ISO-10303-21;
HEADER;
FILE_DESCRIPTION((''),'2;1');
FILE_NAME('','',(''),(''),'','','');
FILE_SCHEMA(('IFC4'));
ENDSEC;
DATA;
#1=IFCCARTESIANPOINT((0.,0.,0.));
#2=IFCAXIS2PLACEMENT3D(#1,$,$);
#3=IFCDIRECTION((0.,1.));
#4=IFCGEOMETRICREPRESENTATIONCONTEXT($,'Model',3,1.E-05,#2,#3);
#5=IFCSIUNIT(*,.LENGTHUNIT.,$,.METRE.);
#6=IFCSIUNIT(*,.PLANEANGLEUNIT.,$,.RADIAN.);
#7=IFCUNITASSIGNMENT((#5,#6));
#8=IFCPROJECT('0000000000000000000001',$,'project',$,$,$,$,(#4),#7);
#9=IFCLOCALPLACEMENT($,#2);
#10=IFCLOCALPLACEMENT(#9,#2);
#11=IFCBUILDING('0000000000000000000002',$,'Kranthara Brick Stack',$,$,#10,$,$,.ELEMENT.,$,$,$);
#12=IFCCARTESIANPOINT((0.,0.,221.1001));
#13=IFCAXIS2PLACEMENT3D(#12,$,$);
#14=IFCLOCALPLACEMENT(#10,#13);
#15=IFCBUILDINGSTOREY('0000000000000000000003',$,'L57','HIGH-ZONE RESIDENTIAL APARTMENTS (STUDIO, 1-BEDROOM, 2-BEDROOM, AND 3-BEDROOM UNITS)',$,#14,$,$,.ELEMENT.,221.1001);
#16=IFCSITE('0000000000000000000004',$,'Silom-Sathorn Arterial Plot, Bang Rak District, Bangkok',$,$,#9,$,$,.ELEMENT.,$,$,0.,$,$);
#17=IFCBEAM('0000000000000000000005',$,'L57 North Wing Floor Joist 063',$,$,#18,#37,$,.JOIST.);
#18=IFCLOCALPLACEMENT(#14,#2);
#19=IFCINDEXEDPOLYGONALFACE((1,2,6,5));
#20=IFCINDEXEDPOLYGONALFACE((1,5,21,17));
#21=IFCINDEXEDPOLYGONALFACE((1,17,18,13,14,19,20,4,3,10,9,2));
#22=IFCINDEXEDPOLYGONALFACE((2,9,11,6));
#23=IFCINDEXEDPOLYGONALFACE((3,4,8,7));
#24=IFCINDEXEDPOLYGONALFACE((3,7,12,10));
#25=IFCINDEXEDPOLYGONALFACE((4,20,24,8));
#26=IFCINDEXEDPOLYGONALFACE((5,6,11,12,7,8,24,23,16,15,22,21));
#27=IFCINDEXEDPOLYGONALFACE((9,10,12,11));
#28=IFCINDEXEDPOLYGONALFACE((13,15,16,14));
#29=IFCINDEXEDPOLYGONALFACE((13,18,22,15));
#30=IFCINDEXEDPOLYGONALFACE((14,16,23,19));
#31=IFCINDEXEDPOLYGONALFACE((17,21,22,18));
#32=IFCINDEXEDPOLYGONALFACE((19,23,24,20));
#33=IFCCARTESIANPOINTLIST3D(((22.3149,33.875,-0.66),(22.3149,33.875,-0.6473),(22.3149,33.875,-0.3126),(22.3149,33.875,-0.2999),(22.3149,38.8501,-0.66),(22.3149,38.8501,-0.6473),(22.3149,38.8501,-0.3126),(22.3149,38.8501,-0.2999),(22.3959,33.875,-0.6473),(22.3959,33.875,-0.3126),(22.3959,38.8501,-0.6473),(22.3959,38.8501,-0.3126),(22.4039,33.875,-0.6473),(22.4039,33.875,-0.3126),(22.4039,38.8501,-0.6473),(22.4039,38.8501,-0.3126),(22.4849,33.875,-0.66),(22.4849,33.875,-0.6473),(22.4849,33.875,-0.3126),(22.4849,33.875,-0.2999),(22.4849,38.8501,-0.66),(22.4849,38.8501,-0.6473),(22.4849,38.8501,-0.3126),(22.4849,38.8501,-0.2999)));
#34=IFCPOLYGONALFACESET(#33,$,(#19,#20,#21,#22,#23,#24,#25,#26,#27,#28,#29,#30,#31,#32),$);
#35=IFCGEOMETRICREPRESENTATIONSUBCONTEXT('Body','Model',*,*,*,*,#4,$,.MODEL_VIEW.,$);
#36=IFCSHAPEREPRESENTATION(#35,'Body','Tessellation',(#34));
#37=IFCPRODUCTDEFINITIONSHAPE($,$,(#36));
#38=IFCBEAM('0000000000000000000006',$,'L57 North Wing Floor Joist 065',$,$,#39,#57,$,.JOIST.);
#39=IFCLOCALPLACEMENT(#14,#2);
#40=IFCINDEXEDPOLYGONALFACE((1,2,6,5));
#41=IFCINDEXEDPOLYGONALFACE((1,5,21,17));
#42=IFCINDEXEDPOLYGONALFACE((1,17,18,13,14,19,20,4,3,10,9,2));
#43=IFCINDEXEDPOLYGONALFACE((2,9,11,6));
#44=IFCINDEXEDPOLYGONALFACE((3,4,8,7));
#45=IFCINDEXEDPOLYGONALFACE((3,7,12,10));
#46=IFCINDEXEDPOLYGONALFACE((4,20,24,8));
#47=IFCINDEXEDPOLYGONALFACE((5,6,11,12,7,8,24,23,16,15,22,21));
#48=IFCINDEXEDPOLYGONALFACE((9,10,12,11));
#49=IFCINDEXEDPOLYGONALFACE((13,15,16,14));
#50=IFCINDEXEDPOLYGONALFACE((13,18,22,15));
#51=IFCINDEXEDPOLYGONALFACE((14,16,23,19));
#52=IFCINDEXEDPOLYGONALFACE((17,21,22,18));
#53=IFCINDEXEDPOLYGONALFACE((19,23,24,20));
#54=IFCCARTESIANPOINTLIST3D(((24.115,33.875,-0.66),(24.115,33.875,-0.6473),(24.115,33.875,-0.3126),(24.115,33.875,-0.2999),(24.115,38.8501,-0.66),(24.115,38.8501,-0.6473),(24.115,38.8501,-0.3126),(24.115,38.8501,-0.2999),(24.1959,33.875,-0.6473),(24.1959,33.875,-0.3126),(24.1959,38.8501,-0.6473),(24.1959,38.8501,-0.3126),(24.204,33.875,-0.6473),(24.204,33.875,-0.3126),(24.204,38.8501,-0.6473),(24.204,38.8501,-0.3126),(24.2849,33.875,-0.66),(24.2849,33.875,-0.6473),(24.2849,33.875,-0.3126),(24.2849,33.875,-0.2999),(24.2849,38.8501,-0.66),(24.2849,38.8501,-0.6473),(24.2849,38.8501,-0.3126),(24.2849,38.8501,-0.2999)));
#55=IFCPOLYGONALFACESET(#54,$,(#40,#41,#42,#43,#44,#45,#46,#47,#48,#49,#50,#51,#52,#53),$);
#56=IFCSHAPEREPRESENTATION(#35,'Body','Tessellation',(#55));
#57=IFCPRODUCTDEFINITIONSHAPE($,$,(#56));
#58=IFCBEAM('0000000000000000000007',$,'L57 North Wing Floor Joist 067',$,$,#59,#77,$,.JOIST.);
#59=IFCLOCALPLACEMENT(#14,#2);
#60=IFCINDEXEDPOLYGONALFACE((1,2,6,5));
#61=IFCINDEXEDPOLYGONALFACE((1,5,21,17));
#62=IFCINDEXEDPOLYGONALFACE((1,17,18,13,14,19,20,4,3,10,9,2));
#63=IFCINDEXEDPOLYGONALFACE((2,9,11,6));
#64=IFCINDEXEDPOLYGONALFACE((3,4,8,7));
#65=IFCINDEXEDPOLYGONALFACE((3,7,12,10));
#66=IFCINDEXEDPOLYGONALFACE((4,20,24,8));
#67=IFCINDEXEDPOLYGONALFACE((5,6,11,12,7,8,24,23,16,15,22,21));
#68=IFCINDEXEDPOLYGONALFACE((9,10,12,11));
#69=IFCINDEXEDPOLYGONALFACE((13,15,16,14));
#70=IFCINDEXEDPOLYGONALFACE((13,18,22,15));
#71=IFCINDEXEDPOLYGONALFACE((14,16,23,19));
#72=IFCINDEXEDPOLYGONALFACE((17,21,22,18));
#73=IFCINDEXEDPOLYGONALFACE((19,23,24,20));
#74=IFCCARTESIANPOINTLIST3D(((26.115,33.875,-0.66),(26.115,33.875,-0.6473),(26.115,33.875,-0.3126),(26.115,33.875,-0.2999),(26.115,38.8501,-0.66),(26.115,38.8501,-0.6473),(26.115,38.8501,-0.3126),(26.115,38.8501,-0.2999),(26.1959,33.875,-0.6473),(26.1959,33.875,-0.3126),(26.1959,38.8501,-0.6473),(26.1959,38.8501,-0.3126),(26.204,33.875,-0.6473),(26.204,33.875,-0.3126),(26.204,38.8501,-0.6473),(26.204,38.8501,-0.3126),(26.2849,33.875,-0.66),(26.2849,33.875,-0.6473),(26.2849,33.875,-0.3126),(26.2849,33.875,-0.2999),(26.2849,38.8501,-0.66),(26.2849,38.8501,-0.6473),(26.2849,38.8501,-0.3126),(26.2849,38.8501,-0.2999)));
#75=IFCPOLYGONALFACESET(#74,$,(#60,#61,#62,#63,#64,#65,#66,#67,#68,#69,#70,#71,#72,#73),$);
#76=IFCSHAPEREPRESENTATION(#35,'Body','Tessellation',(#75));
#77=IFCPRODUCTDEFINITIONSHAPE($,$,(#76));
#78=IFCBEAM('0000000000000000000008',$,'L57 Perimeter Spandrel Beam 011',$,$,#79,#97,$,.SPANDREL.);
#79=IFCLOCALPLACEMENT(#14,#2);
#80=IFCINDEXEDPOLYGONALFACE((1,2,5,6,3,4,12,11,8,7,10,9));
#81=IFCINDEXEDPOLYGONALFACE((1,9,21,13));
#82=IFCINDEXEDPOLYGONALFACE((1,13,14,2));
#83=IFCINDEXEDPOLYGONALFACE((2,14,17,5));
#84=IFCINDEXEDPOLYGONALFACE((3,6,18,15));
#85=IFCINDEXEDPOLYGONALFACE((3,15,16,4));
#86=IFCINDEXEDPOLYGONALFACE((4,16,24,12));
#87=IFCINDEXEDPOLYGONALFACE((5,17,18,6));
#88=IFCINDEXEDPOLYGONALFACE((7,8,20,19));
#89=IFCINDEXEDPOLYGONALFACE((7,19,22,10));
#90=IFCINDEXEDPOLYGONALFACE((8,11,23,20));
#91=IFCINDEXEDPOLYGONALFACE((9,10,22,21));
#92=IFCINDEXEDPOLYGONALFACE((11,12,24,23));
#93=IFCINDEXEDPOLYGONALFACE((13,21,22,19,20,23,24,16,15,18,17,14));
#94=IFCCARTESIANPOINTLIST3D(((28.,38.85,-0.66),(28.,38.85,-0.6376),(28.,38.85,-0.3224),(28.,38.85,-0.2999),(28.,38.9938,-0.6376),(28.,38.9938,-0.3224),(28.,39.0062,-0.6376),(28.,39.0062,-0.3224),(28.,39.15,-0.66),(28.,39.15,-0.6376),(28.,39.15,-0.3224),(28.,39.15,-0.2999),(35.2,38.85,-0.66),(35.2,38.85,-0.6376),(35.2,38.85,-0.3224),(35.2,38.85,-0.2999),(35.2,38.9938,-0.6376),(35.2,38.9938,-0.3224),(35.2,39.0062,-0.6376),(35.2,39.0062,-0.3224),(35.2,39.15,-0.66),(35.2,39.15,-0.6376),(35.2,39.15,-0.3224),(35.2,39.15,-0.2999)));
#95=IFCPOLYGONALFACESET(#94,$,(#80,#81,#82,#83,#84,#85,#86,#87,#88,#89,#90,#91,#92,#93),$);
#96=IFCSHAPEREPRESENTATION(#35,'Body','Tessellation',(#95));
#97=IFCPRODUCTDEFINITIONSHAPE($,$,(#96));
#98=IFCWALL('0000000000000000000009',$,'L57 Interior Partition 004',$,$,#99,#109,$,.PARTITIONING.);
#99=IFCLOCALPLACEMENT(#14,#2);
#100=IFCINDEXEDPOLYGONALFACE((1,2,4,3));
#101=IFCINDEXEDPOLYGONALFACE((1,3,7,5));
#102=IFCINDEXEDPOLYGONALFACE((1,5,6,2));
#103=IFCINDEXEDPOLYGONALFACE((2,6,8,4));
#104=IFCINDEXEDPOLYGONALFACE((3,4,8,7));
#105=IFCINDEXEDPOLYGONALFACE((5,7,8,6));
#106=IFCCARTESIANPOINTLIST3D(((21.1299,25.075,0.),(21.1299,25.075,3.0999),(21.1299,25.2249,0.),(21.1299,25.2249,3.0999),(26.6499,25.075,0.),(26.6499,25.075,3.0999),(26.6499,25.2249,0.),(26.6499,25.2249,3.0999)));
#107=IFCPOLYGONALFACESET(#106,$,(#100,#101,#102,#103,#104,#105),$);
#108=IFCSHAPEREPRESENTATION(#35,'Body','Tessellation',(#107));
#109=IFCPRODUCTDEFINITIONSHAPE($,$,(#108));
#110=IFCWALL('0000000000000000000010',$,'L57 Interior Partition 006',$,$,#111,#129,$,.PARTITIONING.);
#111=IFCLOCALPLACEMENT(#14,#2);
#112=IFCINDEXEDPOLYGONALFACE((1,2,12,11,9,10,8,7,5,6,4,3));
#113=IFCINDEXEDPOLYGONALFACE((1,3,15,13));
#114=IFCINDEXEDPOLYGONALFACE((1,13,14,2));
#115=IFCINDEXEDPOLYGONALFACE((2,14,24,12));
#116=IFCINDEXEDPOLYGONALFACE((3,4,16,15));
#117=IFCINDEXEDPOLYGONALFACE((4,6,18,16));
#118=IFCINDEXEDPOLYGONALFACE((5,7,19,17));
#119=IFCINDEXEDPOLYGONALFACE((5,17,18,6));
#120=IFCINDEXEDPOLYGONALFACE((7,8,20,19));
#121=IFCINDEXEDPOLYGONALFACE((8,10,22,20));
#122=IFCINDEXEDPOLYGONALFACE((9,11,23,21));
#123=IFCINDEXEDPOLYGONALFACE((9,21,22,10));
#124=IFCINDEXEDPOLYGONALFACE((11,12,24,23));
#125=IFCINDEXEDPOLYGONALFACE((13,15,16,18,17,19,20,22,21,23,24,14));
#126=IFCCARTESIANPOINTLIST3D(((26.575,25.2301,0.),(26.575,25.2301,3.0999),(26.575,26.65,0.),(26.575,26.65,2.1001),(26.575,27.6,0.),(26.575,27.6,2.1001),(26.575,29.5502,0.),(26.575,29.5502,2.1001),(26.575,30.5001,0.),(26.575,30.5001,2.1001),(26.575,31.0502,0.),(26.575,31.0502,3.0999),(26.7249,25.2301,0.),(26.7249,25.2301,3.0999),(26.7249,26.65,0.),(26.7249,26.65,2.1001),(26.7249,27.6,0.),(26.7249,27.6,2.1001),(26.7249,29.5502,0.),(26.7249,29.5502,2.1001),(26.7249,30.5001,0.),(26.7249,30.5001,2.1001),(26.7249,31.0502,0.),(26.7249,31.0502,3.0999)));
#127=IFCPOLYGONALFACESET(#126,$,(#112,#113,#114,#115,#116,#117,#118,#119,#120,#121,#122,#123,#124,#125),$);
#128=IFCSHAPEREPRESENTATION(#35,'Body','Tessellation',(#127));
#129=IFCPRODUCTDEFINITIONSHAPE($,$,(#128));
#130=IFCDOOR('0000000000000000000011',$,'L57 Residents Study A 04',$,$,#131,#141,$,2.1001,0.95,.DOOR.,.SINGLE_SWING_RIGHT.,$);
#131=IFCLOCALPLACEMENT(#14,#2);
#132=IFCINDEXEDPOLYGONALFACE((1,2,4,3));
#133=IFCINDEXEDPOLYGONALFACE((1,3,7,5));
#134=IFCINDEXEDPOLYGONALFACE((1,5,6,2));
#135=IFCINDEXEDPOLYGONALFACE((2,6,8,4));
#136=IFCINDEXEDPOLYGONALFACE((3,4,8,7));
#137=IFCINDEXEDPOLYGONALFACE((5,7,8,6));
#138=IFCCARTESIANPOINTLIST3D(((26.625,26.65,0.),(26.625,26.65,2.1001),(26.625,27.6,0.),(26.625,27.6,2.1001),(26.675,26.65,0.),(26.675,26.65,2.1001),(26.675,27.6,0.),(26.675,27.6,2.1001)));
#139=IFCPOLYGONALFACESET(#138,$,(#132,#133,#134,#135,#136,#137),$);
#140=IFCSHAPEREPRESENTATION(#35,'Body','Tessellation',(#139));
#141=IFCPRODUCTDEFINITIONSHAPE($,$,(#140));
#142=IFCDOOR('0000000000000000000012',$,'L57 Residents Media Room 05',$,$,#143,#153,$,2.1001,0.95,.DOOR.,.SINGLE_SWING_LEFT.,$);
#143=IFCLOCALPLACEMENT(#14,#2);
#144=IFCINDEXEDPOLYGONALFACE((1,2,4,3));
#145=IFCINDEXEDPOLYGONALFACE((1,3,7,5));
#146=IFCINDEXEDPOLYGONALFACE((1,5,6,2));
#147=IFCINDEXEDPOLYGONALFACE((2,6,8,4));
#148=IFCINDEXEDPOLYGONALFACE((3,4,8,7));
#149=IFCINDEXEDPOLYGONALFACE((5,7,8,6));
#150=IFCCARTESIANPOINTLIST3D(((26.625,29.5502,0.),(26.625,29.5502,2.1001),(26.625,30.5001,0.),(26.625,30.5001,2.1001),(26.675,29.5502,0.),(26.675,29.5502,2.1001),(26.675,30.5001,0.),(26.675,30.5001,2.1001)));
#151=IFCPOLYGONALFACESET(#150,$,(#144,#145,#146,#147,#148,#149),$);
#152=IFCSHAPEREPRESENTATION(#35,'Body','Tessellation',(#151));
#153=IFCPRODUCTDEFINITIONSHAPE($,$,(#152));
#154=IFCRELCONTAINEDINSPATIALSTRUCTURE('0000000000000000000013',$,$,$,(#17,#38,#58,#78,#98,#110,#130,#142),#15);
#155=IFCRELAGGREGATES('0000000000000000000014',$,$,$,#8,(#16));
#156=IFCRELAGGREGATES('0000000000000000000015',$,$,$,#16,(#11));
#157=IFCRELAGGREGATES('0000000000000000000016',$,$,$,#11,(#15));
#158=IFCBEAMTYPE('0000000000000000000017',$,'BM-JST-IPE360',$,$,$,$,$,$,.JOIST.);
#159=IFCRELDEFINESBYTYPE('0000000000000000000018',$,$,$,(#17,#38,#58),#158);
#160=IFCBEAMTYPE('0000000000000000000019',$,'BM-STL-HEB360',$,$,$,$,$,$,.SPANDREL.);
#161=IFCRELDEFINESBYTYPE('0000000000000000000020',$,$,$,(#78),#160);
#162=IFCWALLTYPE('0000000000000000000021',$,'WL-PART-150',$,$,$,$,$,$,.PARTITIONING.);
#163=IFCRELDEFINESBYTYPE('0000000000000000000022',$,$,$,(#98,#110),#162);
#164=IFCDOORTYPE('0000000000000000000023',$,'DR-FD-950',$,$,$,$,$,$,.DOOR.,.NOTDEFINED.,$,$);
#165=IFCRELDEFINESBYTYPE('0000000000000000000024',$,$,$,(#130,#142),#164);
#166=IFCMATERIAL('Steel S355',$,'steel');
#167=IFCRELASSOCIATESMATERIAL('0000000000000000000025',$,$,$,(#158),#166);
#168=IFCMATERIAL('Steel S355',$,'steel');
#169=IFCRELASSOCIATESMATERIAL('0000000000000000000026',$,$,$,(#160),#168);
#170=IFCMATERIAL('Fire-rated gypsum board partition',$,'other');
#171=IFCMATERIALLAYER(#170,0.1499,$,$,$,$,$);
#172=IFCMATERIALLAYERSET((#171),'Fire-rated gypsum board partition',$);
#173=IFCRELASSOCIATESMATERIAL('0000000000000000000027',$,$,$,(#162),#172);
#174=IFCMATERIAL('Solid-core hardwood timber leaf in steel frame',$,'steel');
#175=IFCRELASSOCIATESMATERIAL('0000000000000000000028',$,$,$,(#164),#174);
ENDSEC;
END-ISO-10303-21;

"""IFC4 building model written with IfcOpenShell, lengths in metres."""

from ifc_helpers import new_model, si_unit, direction, frame, frame_2d, origin, origin_2d, place, context, subcontext, project, spatial, rectangle, i_section, extrude, material, layer, layer_set, material_profile, profile_set, type_object, element, fill, save


model = new_model("IFC4")

# Units and contexts
model_context = context("Model", 3, precision=1e-05, world=origin(), true_north=direction((0.0, 1.0)))
body_context = subcontext(model_context, "Body", "Model", "MODEL_VIEW")
ifc_project = project(units=[si_unit("LENGTHUNIT", "METRE"), si_unit("PLANEANGLEUNIT", "RADIAN")], contexts=[model_context])

# Site, building, storey
site_placement = place(None, origin())
site = spatial("IfcSite", under=ifc_project, at=site_placement, Name="Silom-Sathorn Arterial Plot, Bang Rak District, Bangkok", CompositionType="ELEMENT", RefElevation=0.0)
building_placement = place(site_placement, origin())
building = spatial("IfcBuilding", under=site, at=building_placement, Name="Kranthara Brick Stack", CompositionType="ELEMENT")
storey_placement = place(building_placement, frame((0.0, 0.0, 221.1001)))
storey = spatial("IfcBuildingStorey", under=building, at=storey_placement, Name="L57", Description="HIGH-ZONE RESIDENTIAL APARTMENTS (STUDIO, 1-BEDROOM, 2-BEDROOM, AND 3-BEDROOM UNITS)", CompositionType="ELEMENT", Elevation=221.1001)

# Beams
ifc_material_1 = material(Name="Steel S355", Category="steel")
ifc_material_profile_1 = material_profile(ifc_material_1, i_section(OverallWidth=0.1699, OverallDepth=0.3601, WebThickness=0.0081, FlangeThickness=0.0127, at=origin_2d()), Name="IPE 360")
ifc_profile_set_1 = profile_set([ifc_material_profile_1], Name="Steel S355")
beam_type_1 = type_object("IfcBeamType", Name="BM-JST-IPE360", PredefinedType="JOIST", material=ifc_profile_set_1)
for number, where, z_axis, x_axis, name in (
    (1, (22.3999, 33.875, -0.48), (0.0, 1.0, 0.0), (-1.0, 0.0, 0.0), "L57 North Wing Floor Joist 063"),
    (2, (24.2, 33.875, -0.48), (0.0, 1.0, 0.0), (-1.0, 0.0, 0.0), "L57 North Wing Floor Joist 065"),
    (3, (26.2, 33.875, -0.48), (0.0, 1.0, 0.0), (-1.0, 0.0, 0.0), "L57 North Wing Floor Joist 067"),
):
    element("IfcBeam", number, at=place(storey_placement, frame(where, z_axis=z_axis, x_axis=x_axis)), inside=storey, type_object=beam_type_1, Name=name, PredefinedType="JOIST", context=body_context, shape_type="SweptSolid", body=[
        extrude(i_section(OverallWidth=0.1699, OverallDepth=0.3601, WebThickness=0.0081, FlangeThickness=0.0127, at=origin_2d()), origin(), (0.0, 0.0, 1.0), 4.9751),
    ])
ifc_material_2 = material(Name="Steel S355", Category="steel")
ifc_material_profile_2 = material_profile(ifc_material_2, i_section(OverallWidth=0.3, OverallDepth=0.3601, WebThickness=0.0125, FlangeThickness=0.0225, at=origin_2d()), Name="HEB 360")
ifc_profile_set_2 = profile_set([ifc_material_profile_2], Name="Steel S355")
beam_type_2 = type_object("IfcBeamType", Name="BM-STL-HEB360", PredefinedType="SPANDREL", material=ifc_profile_set_2)
beam_1_placement = place(storey_placement, frame((28.0, 39.0, -0.48), z_axis=(1.0, 0.0, 0.0), x_axis=(0.0, 1.0, 0.0)))
element("IfcBeam", 4, at=beam_1_placement, inside=storey, type_object=beam_type_2, Name="L57 Perimeter Spandrel Beam 011", PredefinedType="SPANDREL", context=body_context, shape_type="SweptSolid", body=[
    extrude(i_section(OverallWidth=0.3, OverallDepth=0.3601, WebThickness=0.0125, FlangeThickness=0.0225, at=origin_2d()), origin(), (0.0, 0.0, 1.0), 7.2),
])

# Wall
ifc_material_3 = material(Name="Fire-rated gypsum board partition", Category="other")
ifc_layer = layer(ifc_material_3, 0.1499)
ifc_layer_set = layer_set([ifc_layer], Name="Fire-rated gypsum board partition")
wall_type = type_object("IfcWallType", Name="WL-PART-150", PredefinedType="PARTITIONING", material=ifc_layer_set)
wall_1_placement = place(storey_placement, frame((21.1299, 25.1499, 0.0), z_axis=(0.0, 0.0, 1.0), x_axis=(1.0, 0.0, 0.0)))
element("IfcWall", 5, at=wall_1_placement, inside=storey, type_object=wall_type, Name="L57 Interior Partition 004", PredefinedType="PARTITIONING", context=body_context, shape_type="SweptSolid", body=[
    extrude(rectangle(XDim=5.52, YDim=0.1499, at=frame_2d((2.76, 0.0))), origin(), (0.0, 0.0, 1.0), 3.0999),
])

# Wall, openings, doors
wall_2_placement = place(storey_placement, frame((26.6499, 25.23, 0.0), z_axis=(0.0, 0.0, 1.0), x_axis=(0.0, 1.0, 0.0)))
wall_2 = element("IfcWall", 6, at=wall_2_placement, inside=storey, type_object=wall_type, Name="L57 Interior Partition 006", PredefinedType="PARTITIONING", context=body_context, shape_type="SweptSolid", body=[
    extrude(rectangle(XDim=5.8201, YDim=0.1499, at=frame_2d((2.9102, 0.0))), origin(), (0.0, 0.0, 1.0), 3.0999),
])
opening_1_placement = place(wall_2_placement, frame((1.4199, 0.0, 0.0)))
opening_1 = element("IfcOpeningElement", 7, at=opening_1_placement, cuts=wall_2, PredefinedType="OPENING", context=body_context, shape_type="SweptSolid", body=[
    extrude(rectangle(XDim=0.95, YDim=2.1001, at=frame_2d((0.4751, 1.05))), frame((0.0, 0.085, 0.0), z_axis=(0.0, -1.0, 0.0), x_axis=(1.0, 0.0, 0.0)), (0.0, 0.0, 1.0), 0.1699),
])
opening_2_placement = place(wall_2_placement, frame((4.3201, 0.0, 0.0)))
opening_2 = element("IfcOpeningElement", 8, at=opening_2_placement, cuts=wall_2, PredefinedType="OPENING", context=body_context, shape_type="SweptSolid", body=[
    extrude(rectangle(XDim=0.95, YDim=2.1001, at=frame_2d((0.4751, 1.05))), frame((0.0, 0.085, 0.0), z_axis=(0.0, -1.0, 0.0), x_axis=(1.0, 0.0, 0.0)), (0.0, 0.0, 1.0), 0.1699),
])
ifc_material_4 = material(Name="Solid-core hardwood timber leaf in steel frame", Category="steel")
door_type = type_object("IfcDoorType", Name="DR-FD-950", OperationType="NOTDEFINED", PredefinedType="DOOR", material=ifc_material_4)
door_1_placement = place(opening_1_placement, origin())
door_1 = element("IfcDoor", 9, at=door_1_placement, inside=storey, type_object=door_type, Name="L57 Residents Study A 04", OperationType="SINGLE_SWING_RIGHT", OverallHeight=2.1001, OverallWidth=0.95, PredefinedType="DOOR", context=body_context, shape_type="SweptSolid", body=[
    extrude(rectangle(XDim=0.95, YDim=2.1001, at=frame_2d((0.4751, 1.05))), frame((0.0, 0.0249, 0.0), z_axis=(0.0, -1.0, 0.0), x_axis=(1.0, 0.0, 0.0)), (0.0, 0.0, 1.0), 0.05),
])
fill(opening_1, door_1)
door_2_placement = place(opening_2_placement, origin())
door_2 = element("IfcDoor", 10, at=door_2_placement, inside=storey, type_object=door_type, Name="L57 Residents Media Room 05", OperationType="SINGLE_SWING_LEFT", OverallHeight=2.1001, OverallWidth=0.95, PredefinedType="DOOR", context=body_context, shape_type="SweptSolid", body=[
    extrude(rectangle(XDim=0.95, YDim=2.1001, at=frame_2d((0.4751, 1.05))), frame((0.0, 0.0249, 0.0), z_axis=(0.0, -1.0, 0.0), x_axis=(1.0, 0.0, 0.0)), (0.0, 0.0, 1.0), 0.05),
])
fill(opening_2, door_2)

save(model, "model.ifc")
